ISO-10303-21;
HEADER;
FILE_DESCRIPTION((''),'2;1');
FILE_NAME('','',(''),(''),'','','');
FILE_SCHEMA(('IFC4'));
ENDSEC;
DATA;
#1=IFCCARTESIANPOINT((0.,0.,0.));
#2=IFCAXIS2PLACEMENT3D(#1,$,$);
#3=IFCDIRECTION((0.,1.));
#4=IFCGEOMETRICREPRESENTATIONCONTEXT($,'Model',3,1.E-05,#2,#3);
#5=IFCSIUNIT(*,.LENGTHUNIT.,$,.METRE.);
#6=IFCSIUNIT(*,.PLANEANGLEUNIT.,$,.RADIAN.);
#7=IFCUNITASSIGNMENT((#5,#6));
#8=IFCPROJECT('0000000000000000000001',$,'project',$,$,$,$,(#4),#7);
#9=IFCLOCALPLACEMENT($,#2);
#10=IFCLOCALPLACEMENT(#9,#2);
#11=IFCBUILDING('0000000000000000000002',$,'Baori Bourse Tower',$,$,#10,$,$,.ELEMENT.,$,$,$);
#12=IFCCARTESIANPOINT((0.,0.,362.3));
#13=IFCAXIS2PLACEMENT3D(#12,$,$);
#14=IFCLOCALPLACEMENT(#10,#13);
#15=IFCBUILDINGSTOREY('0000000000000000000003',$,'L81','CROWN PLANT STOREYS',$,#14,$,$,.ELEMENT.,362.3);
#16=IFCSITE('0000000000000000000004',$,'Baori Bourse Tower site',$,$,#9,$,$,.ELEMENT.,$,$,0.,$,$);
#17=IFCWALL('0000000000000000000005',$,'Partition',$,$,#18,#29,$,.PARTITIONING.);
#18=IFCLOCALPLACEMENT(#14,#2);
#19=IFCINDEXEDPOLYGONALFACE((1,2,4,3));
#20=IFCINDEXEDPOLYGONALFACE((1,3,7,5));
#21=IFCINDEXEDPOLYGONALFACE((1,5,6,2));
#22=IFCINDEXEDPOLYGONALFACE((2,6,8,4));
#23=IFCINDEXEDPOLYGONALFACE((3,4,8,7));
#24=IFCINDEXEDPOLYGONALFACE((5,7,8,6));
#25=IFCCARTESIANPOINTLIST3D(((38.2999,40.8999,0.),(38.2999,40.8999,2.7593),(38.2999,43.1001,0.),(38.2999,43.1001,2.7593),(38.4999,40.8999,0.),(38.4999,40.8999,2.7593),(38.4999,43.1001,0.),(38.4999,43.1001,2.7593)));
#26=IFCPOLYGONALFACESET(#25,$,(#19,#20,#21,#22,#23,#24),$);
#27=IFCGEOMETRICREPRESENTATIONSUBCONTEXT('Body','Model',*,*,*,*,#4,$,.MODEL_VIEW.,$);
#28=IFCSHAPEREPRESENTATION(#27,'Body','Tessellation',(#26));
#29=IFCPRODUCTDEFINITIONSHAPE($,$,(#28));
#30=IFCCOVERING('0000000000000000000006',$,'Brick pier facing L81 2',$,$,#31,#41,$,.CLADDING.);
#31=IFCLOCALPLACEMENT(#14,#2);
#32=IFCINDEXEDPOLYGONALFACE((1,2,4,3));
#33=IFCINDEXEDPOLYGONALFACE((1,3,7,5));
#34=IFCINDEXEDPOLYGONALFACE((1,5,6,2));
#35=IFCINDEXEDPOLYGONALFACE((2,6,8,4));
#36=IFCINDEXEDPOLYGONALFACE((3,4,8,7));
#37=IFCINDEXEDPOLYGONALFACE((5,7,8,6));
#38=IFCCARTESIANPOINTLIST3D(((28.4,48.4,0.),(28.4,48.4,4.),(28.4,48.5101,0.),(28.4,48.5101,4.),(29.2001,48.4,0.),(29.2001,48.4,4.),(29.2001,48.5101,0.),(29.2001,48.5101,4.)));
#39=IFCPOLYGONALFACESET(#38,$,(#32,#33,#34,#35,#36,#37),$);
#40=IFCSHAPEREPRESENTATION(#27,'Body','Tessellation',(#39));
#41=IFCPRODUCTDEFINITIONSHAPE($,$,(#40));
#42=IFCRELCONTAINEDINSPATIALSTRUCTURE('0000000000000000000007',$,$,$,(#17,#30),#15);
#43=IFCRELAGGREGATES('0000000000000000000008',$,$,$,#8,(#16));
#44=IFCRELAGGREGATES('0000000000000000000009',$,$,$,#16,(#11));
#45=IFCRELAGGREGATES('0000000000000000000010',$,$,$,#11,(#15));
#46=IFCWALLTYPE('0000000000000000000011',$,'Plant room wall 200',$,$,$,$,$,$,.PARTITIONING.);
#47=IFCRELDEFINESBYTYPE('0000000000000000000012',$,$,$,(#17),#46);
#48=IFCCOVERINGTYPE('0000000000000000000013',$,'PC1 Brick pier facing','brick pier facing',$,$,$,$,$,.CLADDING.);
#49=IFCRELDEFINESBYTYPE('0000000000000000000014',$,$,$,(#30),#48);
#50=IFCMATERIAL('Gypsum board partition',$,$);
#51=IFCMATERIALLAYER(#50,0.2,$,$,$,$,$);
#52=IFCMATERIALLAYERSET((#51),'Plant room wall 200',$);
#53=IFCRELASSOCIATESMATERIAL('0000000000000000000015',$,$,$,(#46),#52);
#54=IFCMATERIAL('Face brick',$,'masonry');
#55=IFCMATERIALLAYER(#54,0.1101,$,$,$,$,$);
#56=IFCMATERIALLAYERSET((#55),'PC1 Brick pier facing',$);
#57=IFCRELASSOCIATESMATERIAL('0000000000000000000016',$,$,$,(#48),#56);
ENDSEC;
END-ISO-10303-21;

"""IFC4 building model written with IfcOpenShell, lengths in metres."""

from ifc_helpers import new_model, si_unit, direction, frame, frame_2d, origin, origin_2d, place, context, subcontext, project, spatial, rectangle, extrude, material, layer, layer_set, type_object, element, save


model = new_model("IFC4")

# Units and contexts
model_context = context("Model", 3, precision=1e-05, world=origin(), true_north=direction((0.0, 1.0)))
body_context = subcontext(model_context, "Body", "Model", "MODEL_VIEW")
ifc_project = project(units=[si_unit("LENGTHUNIT", "METRE"), si_unit("PLANEANGLEUNIT", "RADIAN")], contexts=[model_context])

# Site, building, storey
site_placement = place(None, origin())
site = spatial("IfcSite", under=ifc_project, at=site_placement, Name="Baori Bourse Tower site", CompositionType="ELEMENT", RefElevation=0.0)
building_placement = place(site_placement, origin())
building = spatial("IfcBuilding", under=site, at=building_placement, Name="Baori Bourse Tower", CompositionType="ELEMENT")
storey_placement = place(building_placement, frame((0.0, 0.0, 362.3)))
storey = spatial("IfcBuildingStorey", under=building, at=storey_placement, Name="L81", Description="CROWN PLANT STOREYS", CompositionType="ELEMENT", Elevation=362.3)

# Shared definitions
ifc_material_1 = material(Name="Gypsum board partition")
ifc_layer_1 = layer(ifc_material_1, 0.2)
ifc_layer_set_1 = layer_set([ifc_layer_1], Name="Plant room wall 200")
wall_type = type_object("IfcWallType", Name="Plant room wall 200", PredefinedType="PARTITIONING", material=ifc_layer_set_1)

# Wall
wall_1_placement = place(storey_placement, frame((38.3999, 40.8999, 0.0), z_axis=(0.0, 0.0, 1.0), x_axis=(0.0, 1.0, 0.0)))
element("IfcWall", 1, at=wall_1_placement, inside=storey, type_object=wall_type, Name="Partition", PredefinedType="PARTITIONING", context=body_context, shape_type="SweptSolid", body=[
    extrude(rectangle(XDim=2.2002, YDim=0.2, at=frame_2d((1.1001, 0.0))), origin(), (0.0, 0.0, 1.0), 2.7593),
])

# Covering
ifc_material_2 = material(Name="Face brick", Category="masonry")
ifc_layer_2 = layer(ifc_material_2, 0.1101)
ifc_layer_set_2 = layer_set([ifc_layer_2], Name="PC1 Brick pier facing")
covering_type = type_object("IfcCoveringType", Name="PC1 Brick pier facing", Description="brick pier facing", PredefinedType="CLADDING", material=ifc_layer_set_2)
covering_placement = place(storey_placement, frame((28.8, 48.4551, 0.0), z_axis=(0.0, 0.0, 1.0), x_axis=(1.0, 0.0, 0.0)))
element("IfcCovering", 2, at=covering_placement, inside=storey, type_object=covering_type, Name="Brick pier facing L81 2", PredefinedType="CLADDING", context=body_context, shape_type="SweptSolid", body=[
    extrude(rectangle(XDim=0.8, YDim=0.1101, at=origin_2d()), origin(), (0.0, 0.0, 1.0), 4.0),
])

save(model, "model.ifc")
